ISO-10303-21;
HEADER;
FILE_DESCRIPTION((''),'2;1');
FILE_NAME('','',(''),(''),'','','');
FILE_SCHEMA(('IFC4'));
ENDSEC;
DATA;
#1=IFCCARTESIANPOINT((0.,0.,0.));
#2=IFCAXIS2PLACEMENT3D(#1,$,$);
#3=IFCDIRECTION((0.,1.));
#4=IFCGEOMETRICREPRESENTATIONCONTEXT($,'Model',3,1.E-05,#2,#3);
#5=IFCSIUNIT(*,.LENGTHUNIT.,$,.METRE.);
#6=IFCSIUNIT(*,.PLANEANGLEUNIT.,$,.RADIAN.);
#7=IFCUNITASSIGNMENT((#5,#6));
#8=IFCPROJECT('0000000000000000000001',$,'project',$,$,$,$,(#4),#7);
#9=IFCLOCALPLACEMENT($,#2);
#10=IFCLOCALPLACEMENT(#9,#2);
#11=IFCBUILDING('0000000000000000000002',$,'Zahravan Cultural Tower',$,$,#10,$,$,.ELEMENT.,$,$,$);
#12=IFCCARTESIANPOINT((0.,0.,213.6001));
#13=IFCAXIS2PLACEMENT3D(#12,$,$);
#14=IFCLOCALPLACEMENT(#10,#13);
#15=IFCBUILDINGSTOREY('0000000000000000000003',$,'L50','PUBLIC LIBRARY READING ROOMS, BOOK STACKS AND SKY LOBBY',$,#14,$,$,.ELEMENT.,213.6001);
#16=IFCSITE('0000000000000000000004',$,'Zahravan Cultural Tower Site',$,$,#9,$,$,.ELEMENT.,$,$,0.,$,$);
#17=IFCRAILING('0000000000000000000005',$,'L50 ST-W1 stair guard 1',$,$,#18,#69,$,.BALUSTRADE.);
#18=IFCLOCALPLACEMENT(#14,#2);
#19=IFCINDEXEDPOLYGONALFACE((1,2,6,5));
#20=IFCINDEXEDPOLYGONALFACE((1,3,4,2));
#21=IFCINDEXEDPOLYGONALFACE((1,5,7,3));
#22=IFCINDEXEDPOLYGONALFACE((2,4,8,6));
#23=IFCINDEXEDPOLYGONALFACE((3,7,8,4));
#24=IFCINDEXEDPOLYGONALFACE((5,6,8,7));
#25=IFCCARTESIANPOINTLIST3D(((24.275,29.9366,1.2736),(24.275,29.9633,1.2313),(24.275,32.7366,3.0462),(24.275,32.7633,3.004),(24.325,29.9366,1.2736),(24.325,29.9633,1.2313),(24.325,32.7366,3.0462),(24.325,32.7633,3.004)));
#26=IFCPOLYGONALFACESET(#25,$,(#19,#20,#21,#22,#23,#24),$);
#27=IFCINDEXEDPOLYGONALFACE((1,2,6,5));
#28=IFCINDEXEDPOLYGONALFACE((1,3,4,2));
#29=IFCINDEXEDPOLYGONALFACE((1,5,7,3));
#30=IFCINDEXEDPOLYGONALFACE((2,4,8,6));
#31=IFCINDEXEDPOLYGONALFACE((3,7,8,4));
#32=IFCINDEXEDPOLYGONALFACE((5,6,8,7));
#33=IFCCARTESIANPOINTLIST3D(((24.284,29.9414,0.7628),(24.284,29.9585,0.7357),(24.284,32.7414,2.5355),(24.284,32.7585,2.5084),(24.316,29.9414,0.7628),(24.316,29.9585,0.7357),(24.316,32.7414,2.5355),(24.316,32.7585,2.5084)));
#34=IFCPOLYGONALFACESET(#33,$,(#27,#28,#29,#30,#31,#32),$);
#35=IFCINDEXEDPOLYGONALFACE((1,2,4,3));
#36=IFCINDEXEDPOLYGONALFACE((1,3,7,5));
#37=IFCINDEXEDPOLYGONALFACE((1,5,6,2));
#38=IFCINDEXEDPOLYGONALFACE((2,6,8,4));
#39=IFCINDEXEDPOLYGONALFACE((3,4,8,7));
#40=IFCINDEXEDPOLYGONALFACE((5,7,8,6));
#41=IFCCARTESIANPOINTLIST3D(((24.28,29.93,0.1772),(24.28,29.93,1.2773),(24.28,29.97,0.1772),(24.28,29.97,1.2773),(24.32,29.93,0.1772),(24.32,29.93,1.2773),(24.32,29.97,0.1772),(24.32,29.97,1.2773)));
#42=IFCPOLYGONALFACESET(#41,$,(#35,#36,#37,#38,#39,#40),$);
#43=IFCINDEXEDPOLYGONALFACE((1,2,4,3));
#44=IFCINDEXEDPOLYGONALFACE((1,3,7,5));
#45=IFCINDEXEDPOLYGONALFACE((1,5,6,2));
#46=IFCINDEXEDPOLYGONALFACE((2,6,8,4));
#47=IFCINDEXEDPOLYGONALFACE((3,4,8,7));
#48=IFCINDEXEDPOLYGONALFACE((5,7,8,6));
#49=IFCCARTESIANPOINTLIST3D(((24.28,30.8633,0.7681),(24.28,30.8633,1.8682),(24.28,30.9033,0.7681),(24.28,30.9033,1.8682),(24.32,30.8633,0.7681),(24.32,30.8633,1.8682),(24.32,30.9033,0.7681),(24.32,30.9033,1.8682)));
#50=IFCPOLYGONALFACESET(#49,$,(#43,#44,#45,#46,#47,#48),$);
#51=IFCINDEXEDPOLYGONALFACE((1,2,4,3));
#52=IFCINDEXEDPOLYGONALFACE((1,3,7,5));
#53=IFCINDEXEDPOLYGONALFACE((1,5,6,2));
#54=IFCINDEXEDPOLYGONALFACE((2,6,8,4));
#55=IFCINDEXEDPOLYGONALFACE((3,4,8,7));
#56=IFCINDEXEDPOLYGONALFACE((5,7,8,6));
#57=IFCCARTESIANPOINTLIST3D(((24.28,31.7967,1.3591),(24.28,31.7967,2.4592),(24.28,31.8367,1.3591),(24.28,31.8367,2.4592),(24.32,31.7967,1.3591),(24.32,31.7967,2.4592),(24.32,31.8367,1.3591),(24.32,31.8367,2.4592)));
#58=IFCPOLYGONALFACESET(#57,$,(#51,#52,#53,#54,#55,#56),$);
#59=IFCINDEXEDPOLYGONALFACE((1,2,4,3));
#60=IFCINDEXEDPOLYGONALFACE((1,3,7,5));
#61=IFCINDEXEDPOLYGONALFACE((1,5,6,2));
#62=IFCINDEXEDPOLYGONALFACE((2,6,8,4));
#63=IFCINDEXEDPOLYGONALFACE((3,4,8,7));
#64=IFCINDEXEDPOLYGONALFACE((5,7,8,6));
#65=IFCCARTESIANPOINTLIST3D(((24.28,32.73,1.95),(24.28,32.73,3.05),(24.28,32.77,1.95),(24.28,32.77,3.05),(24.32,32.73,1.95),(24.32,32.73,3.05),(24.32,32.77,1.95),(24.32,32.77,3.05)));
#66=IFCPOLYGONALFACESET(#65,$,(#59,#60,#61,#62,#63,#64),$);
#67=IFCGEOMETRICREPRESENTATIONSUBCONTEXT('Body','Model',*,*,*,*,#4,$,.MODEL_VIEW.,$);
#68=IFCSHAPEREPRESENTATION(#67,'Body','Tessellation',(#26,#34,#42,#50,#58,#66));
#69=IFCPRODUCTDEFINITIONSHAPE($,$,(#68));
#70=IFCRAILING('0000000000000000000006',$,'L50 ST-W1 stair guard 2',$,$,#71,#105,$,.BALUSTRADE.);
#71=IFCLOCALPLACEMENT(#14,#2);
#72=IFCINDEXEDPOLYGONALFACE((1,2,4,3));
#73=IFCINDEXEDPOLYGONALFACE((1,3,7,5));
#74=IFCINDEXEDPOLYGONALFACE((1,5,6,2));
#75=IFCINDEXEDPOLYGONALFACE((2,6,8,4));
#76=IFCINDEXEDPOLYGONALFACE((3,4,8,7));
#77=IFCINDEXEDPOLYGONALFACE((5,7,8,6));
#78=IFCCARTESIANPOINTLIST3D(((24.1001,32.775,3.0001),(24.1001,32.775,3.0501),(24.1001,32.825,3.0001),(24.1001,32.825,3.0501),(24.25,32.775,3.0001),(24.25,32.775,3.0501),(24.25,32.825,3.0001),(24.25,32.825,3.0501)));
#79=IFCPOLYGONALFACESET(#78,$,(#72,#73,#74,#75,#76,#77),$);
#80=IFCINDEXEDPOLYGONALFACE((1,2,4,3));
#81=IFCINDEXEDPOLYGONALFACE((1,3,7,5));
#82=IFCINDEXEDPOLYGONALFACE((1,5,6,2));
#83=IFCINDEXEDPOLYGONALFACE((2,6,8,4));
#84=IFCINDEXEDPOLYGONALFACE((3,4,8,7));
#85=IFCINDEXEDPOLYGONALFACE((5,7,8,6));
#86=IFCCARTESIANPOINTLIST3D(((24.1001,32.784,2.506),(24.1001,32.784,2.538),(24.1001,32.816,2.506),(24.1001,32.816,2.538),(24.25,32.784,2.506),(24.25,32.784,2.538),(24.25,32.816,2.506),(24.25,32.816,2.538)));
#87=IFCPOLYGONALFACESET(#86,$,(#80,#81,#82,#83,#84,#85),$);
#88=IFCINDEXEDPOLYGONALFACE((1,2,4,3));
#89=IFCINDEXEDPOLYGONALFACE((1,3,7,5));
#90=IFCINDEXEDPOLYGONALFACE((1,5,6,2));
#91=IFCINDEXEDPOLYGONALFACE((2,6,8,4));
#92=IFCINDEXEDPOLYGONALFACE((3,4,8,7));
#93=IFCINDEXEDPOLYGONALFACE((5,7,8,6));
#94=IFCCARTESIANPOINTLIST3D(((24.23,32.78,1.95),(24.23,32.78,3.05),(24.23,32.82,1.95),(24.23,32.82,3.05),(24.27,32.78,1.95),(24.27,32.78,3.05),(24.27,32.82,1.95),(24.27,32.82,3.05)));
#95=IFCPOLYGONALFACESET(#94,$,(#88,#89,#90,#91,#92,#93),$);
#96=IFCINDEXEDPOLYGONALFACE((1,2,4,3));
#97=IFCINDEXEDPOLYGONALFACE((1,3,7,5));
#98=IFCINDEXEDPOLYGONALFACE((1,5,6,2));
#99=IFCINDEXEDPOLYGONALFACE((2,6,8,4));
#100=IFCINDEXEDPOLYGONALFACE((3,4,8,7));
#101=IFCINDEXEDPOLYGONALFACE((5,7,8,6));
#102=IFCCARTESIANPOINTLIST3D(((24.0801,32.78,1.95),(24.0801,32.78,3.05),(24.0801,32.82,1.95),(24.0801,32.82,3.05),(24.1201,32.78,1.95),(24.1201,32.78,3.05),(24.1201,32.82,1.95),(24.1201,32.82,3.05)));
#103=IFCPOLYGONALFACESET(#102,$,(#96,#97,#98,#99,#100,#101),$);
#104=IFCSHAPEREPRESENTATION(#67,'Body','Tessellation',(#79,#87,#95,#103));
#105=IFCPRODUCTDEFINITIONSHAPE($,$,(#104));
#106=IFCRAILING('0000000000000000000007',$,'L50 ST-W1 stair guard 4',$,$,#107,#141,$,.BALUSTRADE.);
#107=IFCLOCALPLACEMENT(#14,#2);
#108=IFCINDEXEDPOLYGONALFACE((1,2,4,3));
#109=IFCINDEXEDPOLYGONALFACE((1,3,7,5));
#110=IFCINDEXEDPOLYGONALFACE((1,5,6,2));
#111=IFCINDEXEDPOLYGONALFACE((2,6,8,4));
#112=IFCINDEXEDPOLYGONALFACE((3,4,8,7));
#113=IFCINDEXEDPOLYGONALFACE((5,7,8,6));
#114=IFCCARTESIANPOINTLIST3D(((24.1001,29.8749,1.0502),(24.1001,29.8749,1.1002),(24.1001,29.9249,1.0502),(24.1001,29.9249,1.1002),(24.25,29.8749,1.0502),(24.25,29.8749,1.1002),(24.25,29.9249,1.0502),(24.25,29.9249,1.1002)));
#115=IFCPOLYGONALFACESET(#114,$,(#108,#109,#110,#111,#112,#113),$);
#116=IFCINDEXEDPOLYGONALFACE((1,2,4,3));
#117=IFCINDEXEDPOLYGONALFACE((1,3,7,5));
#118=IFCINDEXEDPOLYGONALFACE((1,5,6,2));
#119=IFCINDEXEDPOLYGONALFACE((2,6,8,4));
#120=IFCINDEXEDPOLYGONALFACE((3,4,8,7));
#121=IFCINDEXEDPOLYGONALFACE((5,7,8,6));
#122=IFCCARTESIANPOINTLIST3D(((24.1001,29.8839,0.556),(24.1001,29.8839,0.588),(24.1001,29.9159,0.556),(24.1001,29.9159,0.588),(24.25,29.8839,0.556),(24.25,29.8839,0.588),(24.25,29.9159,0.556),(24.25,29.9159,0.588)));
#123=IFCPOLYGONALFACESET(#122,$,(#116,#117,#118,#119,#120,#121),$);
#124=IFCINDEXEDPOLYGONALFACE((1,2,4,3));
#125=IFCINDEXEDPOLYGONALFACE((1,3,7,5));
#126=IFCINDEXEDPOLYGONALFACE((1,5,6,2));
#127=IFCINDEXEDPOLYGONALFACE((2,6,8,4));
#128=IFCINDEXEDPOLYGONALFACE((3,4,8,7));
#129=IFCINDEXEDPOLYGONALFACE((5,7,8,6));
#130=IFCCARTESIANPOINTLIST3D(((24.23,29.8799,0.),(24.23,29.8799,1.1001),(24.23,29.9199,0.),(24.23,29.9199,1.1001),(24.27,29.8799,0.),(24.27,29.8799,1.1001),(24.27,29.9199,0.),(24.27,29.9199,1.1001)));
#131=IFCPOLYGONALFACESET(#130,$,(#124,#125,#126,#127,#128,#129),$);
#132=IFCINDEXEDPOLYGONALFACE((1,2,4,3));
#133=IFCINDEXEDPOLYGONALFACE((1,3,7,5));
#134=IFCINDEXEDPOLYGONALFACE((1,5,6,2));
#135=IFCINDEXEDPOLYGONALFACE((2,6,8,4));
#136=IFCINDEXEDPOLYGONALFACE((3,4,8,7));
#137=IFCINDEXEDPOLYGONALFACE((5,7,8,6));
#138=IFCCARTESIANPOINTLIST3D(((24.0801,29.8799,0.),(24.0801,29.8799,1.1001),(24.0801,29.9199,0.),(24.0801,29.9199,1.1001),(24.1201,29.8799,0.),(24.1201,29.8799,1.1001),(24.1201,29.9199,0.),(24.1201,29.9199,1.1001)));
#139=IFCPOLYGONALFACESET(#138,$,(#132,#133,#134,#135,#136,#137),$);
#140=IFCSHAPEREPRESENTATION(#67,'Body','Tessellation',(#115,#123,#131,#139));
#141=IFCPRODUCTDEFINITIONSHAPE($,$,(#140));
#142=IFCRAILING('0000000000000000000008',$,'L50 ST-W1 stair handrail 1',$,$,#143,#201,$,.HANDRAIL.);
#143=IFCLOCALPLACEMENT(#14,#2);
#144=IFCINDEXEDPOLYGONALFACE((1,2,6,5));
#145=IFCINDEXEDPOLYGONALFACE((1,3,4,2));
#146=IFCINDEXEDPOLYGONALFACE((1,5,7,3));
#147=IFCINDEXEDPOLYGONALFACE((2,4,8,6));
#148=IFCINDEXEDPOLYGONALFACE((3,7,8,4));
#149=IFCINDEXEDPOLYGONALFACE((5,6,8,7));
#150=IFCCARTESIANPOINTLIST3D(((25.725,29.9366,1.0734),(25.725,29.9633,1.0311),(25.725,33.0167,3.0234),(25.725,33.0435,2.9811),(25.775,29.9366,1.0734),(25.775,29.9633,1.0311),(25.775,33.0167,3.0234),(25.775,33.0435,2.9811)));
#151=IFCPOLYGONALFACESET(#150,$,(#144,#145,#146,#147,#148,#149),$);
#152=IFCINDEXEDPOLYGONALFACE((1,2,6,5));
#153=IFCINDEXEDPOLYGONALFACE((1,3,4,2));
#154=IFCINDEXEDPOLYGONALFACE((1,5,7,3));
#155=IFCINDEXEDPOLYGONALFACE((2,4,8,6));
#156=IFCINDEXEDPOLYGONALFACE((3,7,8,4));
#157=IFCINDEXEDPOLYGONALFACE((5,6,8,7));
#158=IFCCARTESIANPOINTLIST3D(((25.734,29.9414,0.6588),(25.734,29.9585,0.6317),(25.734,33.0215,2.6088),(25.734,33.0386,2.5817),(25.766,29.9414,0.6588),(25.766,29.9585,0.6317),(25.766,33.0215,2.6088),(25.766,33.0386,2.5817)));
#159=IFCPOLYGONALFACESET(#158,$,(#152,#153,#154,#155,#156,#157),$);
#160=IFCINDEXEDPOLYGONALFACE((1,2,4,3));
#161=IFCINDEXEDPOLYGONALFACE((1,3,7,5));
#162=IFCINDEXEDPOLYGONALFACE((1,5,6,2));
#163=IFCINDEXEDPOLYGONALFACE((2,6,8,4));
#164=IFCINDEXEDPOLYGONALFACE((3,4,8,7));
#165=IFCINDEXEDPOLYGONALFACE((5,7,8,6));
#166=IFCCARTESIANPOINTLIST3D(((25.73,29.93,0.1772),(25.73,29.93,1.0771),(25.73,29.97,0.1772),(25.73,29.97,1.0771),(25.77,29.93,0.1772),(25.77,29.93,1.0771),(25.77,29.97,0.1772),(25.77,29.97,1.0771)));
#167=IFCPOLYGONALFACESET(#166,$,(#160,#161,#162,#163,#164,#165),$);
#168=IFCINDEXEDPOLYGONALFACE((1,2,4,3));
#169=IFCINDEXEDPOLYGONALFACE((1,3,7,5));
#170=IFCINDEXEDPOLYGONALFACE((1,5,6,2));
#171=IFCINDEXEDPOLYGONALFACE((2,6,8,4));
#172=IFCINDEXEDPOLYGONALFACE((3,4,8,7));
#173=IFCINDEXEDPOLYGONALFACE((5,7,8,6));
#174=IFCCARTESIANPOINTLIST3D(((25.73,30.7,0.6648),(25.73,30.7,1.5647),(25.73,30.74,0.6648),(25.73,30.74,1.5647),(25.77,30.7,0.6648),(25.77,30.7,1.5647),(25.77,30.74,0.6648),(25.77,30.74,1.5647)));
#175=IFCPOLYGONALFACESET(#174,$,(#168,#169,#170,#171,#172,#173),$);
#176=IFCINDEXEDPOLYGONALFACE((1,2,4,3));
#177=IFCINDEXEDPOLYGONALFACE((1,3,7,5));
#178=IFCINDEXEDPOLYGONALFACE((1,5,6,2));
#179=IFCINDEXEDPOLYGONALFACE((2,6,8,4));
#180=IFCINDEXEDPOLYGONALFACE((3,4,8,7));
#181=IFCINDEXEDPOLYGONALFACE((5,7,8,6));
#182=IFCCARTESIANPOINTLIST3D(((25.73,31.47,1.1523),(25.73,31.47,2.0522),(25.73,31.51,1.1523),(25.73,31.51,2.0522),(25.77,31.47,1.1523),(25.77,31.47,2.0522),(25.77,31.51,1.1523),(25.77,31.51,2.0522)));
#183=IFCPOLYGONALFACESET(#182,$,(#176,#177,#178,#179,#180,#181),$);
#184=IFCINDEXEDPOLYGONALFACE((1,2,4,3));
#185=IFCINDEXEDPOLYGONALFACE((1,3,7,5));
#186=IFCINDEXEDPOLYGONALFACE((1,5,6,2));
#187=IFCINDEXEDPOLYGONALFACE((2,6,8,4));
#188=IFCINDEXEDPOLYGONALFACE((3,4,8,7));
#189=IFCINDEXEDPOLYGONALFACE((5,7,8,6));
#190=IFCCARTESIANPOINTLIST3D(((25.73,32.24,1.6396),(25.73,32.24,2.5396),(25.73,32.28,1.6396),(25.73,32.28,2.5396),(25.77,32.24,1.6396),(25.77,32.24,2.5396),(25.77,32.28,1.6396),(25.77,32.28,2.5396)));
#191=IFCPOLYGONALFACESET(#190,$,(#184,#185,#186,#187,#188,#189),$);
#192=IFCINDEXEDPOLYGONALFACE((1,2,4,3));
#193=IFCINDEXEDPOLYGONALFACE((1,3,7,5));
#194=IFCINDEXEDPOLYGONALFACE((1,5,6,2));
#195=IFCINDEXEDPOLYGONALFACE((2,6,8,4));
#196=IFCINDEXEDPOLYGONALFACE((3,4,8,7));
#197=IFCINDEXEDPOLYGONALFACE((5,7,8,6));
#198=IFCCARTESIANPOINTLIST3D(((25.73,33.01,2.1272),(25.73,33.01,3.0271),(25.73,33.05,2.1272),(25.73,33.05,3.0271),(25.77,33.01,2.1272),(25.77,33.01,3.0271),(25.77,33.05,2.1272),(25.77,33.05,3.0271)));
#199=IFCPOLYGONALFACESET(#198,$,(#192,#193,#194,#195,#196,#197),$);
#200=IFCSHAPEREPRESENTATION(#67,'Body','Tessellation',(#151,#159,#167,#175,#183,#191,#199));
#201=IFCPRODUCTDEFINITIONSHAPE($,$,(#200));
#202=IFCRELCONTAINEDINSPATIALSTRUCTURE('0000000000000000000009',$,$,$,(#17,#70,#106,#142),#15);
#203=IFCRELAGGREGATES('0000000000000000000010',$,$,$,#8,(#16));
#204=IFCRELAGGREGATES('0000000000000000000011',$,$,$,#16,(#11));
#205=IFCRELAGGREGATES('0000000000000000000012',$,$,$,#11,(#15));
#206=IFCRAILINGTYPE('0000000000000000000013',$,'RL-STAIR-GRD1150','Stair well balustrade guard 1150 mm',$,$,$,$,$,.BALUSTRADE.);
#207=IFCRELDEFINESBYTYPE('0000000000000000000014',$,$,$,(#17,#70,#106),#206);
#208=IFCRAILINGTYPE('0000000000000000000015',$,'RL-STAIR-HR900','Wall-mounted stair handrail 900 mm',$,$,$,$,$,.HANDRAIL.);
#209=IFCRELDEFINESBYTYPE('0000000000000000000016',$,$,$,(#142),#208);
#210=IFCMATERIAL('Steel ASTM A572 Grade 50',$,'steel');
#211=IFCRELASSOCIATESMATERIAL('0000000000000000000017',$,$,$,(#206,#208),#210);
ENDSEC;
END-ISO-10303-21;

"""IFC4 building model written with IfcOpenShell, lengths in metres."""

from ifc_helpers import new_model, si_unit, direction, frame, origin, origin_2d, place, context, subcontext, project, spatial, rectangle, extrude, material, type_object, element, save


model = new_model("IFC4")

# Units and contexts
model_context = context("Model", 3, precision=1e-05, world=origin(), true_north=direction((0.0, 1.0)))
body_context = subcontext(model_context, "Body", "Model", "MODEL_VIEW")
ifc_project = project(units=[si_unit("LENGTHUNIT", "METRE"), si_unit("PLANEANGLEUNIT", "RADIAN")], contexts=[model_context])

# Site, building, storey
site_placement = place(None, origin())
site = spatial("IfcSite", under=ifc_project, at=site_placement, Name="Zahravan Cultural Tower Site", CompositionType="ELEMENT", RefElevation=0.0)
building_placement = place(site_placement, origin())
building = spatial("IfcBuilding", under=site, at=building_placement, Name="Zahravan Cultural Tower", CompositionType="ELEMENT")
storey_placement = place(building_placement, frame((0.0, 0.0, 213.6001)))
storey = spatial("IfcBuildingStorey", under=building, at=storey_placement, Name="L50", Description="PUBLIC LIBRARY READING ROOMS, BOOK STACKS AND SKY LOBBY", CompositionType="ELEMENT", Elevation=213.6001)

# Shared definitions
ifc_material_1 = material(Name="Steel ASTM A572 Grade 50", Category="steel")

# Railings
railing_type_1 = type_object("IfcRailingType", Name="RL-STAIR-GRD1150", Description="Stair well balustrade guard 1150 mm", PredefinedType="BALUSTRADE", material=ifc_material_1)
railing_1_placement = place(storey_placement, frame((24.3, 29.95, 0.1772)))
element("IfcRailing", 1, at=railing_1_placement, inside=storey, type_object=railing_type_1, Name="L50 ST-W1 stair guard 1", PredefinedType="BALUSTRADE", context=body_context, shape_type="SweptSolid", body=[
    extrude(rectangle(XDim=0.05, YDim=0.05, at=origin_2d()), frame((0.0, 0.0, 1.0752), z_axis=(0.0, 0.844909, 0.53491), x_axis=(-1.0, 0.0, 0.0)), (0.0, 0.0, 1.0), 3.314),
    extrude(rectangle(XDim=0.032, YDim=0.032, at=origin_2d()), frame((0.0, 0.0, 0.572), z_axis=(0.0, 0.844909, 0.53491), x_axis=(-1.0, 0.0, 0.0)), (0.0, 0.0, 1.0), 3.314),
    extrude(rectangle(XDim=0.04, YDim=0.04, at=origin_2d()), origin(), (0.0, 0.0, 1.0), 1.1001),
    extrude(rectangle(XDim=0.04, YDim=0.04, at=origin_2d()), frame((0.0, 0.9333, 0.5908)), (0.0, 0.0, 1.0), 1.1001),
    extrude(rectangle(XDim=0.04, YDim=0.04, at=origin_2d()), frame((0.0, 1.8667, 1.1819)), (0.0, 0.0, 1.0), 1.1001),
    extrude(rectangle(XDim=0.04, YDim=0.04, at=origin_2d()), frame((0.0, 2.8, 1.7727)), (0.0, 0.0, 1.0), 1.1001),
])
for number, where, name in (
    (2, (24.25, 32.8, 1.95), "L50 ST-W1 stair guard 2"),
    (3, (24.25, 29.8999, 0.0), "L50 ST-W1 stair guard 4"),
):
    element("IfcRailing", number, at=place(storey_placement, frame(where)), inside=storey, type_object=railing_type_1, Name=name, PredefinedType="BALUSTRADE", context=body_context, shape_type="SweptSolid", body=[
        extrude(rectangle(XDim=0.05, YDim=0.05, at=origin_2d()), frame((0.0, 0.0, 1.0752), z_axis=(-1.0, 0.0, 0.0), x_axis=(0.0, -1.0, 0.0)), (0.0, 0.0, 1.0), 0.1499),
        extrude(rectangle(XDim=0.032, YDim=0.032, at=origin_2d()), frame((0.0, 0.0, 0.572), z_axis=(-1.0, 0.0, 0.0), x_axis=(0.0, -1.0, 0.0)), (0.0, 0.0, 1.0), 0.1499),
        extrude(rectangle(XDim=0.04, YDim=0.04, at=origin_2d()), origin(), (0.0, 0.0, 1.0), 1.1001),
        extrude(rectangle(XDim=0.04, YDim=0.04, at=origin_2d()), frame((-0.1499, 0.0, 0.0)), (0.0, 0.0, 1.0), 1.1001),
    ])
railing_type_2 = type_object("IfcRailingType", Name="RL-STAIR-HR900", Description="Wall-mounted stair handrail 900 mm", PredefinedType="HANDRAIL", material=ifc_material_1)
railing_2_placement = place(storey_placement, frame((25.75, 29.95, 0.1772)))
element("IfcRailing", 4, at=railing_2_placement, inside=storey, type_object=railing_type_2, Name="L50 ST-W1 stair handrail 1", PredefinedType="HANDRAIL", context=body_context, shape_type="SweptSolid", body=[
    extrude(rectangle(XDim=0.05, YDim=0.05, at=origin_2d()), frame((0.0, 0.0, 0.875), z_axis=(0.0, 0.844914, 0.534902), x_axis=(-1.0, 0.0, 0.0)), (0.0, 0.0, 1.0), 3.6455),
    extrude(rectangle(XDim=0.032, YDim=0.032, at=origin_2d()), frame((0.0, 0.0, 0.468), z_axis=(0.0, 0.844914, 0.534902), x_axis=(-1.0, 0.0, 0.0)), (0.0, 0.0, 1.0), 3.6455),
    extrude(rectangle(XDim=0.04, YDim=0.04, at=origin_2d()), origin(), (0.0, 0.0, 1.0), 0.8999),
    extrude(rectangle(XDim=0.04, YDim=0.04, at=origin_2d()), frame((0.0, 0.77, 0.4875)), (0.0, 0.0, 1.0), 0.8999),
    extrude(rectangle(XDim=0.04, YDim=0.04, at=origin_2d()), frame((0.0, 1.54, 0.9751)), (0.0, 0.0, 1.0), 0.8999),
    extrude(rectangle(XDim=0.04, YDim=0.04, at=origin_2d()), frame((0.0, 2.3101, 1.4624)), (0.0, 0.0, 1.0), 0.8999),
    extrude(rectangle(XDim=0.04, YDim=0.04, at=origin_2d()), frame((0.0, 3.0801, 1.95)), (0.0, 0.0, 1.0), 0.8999),
])

save(model, "model.ifc")
